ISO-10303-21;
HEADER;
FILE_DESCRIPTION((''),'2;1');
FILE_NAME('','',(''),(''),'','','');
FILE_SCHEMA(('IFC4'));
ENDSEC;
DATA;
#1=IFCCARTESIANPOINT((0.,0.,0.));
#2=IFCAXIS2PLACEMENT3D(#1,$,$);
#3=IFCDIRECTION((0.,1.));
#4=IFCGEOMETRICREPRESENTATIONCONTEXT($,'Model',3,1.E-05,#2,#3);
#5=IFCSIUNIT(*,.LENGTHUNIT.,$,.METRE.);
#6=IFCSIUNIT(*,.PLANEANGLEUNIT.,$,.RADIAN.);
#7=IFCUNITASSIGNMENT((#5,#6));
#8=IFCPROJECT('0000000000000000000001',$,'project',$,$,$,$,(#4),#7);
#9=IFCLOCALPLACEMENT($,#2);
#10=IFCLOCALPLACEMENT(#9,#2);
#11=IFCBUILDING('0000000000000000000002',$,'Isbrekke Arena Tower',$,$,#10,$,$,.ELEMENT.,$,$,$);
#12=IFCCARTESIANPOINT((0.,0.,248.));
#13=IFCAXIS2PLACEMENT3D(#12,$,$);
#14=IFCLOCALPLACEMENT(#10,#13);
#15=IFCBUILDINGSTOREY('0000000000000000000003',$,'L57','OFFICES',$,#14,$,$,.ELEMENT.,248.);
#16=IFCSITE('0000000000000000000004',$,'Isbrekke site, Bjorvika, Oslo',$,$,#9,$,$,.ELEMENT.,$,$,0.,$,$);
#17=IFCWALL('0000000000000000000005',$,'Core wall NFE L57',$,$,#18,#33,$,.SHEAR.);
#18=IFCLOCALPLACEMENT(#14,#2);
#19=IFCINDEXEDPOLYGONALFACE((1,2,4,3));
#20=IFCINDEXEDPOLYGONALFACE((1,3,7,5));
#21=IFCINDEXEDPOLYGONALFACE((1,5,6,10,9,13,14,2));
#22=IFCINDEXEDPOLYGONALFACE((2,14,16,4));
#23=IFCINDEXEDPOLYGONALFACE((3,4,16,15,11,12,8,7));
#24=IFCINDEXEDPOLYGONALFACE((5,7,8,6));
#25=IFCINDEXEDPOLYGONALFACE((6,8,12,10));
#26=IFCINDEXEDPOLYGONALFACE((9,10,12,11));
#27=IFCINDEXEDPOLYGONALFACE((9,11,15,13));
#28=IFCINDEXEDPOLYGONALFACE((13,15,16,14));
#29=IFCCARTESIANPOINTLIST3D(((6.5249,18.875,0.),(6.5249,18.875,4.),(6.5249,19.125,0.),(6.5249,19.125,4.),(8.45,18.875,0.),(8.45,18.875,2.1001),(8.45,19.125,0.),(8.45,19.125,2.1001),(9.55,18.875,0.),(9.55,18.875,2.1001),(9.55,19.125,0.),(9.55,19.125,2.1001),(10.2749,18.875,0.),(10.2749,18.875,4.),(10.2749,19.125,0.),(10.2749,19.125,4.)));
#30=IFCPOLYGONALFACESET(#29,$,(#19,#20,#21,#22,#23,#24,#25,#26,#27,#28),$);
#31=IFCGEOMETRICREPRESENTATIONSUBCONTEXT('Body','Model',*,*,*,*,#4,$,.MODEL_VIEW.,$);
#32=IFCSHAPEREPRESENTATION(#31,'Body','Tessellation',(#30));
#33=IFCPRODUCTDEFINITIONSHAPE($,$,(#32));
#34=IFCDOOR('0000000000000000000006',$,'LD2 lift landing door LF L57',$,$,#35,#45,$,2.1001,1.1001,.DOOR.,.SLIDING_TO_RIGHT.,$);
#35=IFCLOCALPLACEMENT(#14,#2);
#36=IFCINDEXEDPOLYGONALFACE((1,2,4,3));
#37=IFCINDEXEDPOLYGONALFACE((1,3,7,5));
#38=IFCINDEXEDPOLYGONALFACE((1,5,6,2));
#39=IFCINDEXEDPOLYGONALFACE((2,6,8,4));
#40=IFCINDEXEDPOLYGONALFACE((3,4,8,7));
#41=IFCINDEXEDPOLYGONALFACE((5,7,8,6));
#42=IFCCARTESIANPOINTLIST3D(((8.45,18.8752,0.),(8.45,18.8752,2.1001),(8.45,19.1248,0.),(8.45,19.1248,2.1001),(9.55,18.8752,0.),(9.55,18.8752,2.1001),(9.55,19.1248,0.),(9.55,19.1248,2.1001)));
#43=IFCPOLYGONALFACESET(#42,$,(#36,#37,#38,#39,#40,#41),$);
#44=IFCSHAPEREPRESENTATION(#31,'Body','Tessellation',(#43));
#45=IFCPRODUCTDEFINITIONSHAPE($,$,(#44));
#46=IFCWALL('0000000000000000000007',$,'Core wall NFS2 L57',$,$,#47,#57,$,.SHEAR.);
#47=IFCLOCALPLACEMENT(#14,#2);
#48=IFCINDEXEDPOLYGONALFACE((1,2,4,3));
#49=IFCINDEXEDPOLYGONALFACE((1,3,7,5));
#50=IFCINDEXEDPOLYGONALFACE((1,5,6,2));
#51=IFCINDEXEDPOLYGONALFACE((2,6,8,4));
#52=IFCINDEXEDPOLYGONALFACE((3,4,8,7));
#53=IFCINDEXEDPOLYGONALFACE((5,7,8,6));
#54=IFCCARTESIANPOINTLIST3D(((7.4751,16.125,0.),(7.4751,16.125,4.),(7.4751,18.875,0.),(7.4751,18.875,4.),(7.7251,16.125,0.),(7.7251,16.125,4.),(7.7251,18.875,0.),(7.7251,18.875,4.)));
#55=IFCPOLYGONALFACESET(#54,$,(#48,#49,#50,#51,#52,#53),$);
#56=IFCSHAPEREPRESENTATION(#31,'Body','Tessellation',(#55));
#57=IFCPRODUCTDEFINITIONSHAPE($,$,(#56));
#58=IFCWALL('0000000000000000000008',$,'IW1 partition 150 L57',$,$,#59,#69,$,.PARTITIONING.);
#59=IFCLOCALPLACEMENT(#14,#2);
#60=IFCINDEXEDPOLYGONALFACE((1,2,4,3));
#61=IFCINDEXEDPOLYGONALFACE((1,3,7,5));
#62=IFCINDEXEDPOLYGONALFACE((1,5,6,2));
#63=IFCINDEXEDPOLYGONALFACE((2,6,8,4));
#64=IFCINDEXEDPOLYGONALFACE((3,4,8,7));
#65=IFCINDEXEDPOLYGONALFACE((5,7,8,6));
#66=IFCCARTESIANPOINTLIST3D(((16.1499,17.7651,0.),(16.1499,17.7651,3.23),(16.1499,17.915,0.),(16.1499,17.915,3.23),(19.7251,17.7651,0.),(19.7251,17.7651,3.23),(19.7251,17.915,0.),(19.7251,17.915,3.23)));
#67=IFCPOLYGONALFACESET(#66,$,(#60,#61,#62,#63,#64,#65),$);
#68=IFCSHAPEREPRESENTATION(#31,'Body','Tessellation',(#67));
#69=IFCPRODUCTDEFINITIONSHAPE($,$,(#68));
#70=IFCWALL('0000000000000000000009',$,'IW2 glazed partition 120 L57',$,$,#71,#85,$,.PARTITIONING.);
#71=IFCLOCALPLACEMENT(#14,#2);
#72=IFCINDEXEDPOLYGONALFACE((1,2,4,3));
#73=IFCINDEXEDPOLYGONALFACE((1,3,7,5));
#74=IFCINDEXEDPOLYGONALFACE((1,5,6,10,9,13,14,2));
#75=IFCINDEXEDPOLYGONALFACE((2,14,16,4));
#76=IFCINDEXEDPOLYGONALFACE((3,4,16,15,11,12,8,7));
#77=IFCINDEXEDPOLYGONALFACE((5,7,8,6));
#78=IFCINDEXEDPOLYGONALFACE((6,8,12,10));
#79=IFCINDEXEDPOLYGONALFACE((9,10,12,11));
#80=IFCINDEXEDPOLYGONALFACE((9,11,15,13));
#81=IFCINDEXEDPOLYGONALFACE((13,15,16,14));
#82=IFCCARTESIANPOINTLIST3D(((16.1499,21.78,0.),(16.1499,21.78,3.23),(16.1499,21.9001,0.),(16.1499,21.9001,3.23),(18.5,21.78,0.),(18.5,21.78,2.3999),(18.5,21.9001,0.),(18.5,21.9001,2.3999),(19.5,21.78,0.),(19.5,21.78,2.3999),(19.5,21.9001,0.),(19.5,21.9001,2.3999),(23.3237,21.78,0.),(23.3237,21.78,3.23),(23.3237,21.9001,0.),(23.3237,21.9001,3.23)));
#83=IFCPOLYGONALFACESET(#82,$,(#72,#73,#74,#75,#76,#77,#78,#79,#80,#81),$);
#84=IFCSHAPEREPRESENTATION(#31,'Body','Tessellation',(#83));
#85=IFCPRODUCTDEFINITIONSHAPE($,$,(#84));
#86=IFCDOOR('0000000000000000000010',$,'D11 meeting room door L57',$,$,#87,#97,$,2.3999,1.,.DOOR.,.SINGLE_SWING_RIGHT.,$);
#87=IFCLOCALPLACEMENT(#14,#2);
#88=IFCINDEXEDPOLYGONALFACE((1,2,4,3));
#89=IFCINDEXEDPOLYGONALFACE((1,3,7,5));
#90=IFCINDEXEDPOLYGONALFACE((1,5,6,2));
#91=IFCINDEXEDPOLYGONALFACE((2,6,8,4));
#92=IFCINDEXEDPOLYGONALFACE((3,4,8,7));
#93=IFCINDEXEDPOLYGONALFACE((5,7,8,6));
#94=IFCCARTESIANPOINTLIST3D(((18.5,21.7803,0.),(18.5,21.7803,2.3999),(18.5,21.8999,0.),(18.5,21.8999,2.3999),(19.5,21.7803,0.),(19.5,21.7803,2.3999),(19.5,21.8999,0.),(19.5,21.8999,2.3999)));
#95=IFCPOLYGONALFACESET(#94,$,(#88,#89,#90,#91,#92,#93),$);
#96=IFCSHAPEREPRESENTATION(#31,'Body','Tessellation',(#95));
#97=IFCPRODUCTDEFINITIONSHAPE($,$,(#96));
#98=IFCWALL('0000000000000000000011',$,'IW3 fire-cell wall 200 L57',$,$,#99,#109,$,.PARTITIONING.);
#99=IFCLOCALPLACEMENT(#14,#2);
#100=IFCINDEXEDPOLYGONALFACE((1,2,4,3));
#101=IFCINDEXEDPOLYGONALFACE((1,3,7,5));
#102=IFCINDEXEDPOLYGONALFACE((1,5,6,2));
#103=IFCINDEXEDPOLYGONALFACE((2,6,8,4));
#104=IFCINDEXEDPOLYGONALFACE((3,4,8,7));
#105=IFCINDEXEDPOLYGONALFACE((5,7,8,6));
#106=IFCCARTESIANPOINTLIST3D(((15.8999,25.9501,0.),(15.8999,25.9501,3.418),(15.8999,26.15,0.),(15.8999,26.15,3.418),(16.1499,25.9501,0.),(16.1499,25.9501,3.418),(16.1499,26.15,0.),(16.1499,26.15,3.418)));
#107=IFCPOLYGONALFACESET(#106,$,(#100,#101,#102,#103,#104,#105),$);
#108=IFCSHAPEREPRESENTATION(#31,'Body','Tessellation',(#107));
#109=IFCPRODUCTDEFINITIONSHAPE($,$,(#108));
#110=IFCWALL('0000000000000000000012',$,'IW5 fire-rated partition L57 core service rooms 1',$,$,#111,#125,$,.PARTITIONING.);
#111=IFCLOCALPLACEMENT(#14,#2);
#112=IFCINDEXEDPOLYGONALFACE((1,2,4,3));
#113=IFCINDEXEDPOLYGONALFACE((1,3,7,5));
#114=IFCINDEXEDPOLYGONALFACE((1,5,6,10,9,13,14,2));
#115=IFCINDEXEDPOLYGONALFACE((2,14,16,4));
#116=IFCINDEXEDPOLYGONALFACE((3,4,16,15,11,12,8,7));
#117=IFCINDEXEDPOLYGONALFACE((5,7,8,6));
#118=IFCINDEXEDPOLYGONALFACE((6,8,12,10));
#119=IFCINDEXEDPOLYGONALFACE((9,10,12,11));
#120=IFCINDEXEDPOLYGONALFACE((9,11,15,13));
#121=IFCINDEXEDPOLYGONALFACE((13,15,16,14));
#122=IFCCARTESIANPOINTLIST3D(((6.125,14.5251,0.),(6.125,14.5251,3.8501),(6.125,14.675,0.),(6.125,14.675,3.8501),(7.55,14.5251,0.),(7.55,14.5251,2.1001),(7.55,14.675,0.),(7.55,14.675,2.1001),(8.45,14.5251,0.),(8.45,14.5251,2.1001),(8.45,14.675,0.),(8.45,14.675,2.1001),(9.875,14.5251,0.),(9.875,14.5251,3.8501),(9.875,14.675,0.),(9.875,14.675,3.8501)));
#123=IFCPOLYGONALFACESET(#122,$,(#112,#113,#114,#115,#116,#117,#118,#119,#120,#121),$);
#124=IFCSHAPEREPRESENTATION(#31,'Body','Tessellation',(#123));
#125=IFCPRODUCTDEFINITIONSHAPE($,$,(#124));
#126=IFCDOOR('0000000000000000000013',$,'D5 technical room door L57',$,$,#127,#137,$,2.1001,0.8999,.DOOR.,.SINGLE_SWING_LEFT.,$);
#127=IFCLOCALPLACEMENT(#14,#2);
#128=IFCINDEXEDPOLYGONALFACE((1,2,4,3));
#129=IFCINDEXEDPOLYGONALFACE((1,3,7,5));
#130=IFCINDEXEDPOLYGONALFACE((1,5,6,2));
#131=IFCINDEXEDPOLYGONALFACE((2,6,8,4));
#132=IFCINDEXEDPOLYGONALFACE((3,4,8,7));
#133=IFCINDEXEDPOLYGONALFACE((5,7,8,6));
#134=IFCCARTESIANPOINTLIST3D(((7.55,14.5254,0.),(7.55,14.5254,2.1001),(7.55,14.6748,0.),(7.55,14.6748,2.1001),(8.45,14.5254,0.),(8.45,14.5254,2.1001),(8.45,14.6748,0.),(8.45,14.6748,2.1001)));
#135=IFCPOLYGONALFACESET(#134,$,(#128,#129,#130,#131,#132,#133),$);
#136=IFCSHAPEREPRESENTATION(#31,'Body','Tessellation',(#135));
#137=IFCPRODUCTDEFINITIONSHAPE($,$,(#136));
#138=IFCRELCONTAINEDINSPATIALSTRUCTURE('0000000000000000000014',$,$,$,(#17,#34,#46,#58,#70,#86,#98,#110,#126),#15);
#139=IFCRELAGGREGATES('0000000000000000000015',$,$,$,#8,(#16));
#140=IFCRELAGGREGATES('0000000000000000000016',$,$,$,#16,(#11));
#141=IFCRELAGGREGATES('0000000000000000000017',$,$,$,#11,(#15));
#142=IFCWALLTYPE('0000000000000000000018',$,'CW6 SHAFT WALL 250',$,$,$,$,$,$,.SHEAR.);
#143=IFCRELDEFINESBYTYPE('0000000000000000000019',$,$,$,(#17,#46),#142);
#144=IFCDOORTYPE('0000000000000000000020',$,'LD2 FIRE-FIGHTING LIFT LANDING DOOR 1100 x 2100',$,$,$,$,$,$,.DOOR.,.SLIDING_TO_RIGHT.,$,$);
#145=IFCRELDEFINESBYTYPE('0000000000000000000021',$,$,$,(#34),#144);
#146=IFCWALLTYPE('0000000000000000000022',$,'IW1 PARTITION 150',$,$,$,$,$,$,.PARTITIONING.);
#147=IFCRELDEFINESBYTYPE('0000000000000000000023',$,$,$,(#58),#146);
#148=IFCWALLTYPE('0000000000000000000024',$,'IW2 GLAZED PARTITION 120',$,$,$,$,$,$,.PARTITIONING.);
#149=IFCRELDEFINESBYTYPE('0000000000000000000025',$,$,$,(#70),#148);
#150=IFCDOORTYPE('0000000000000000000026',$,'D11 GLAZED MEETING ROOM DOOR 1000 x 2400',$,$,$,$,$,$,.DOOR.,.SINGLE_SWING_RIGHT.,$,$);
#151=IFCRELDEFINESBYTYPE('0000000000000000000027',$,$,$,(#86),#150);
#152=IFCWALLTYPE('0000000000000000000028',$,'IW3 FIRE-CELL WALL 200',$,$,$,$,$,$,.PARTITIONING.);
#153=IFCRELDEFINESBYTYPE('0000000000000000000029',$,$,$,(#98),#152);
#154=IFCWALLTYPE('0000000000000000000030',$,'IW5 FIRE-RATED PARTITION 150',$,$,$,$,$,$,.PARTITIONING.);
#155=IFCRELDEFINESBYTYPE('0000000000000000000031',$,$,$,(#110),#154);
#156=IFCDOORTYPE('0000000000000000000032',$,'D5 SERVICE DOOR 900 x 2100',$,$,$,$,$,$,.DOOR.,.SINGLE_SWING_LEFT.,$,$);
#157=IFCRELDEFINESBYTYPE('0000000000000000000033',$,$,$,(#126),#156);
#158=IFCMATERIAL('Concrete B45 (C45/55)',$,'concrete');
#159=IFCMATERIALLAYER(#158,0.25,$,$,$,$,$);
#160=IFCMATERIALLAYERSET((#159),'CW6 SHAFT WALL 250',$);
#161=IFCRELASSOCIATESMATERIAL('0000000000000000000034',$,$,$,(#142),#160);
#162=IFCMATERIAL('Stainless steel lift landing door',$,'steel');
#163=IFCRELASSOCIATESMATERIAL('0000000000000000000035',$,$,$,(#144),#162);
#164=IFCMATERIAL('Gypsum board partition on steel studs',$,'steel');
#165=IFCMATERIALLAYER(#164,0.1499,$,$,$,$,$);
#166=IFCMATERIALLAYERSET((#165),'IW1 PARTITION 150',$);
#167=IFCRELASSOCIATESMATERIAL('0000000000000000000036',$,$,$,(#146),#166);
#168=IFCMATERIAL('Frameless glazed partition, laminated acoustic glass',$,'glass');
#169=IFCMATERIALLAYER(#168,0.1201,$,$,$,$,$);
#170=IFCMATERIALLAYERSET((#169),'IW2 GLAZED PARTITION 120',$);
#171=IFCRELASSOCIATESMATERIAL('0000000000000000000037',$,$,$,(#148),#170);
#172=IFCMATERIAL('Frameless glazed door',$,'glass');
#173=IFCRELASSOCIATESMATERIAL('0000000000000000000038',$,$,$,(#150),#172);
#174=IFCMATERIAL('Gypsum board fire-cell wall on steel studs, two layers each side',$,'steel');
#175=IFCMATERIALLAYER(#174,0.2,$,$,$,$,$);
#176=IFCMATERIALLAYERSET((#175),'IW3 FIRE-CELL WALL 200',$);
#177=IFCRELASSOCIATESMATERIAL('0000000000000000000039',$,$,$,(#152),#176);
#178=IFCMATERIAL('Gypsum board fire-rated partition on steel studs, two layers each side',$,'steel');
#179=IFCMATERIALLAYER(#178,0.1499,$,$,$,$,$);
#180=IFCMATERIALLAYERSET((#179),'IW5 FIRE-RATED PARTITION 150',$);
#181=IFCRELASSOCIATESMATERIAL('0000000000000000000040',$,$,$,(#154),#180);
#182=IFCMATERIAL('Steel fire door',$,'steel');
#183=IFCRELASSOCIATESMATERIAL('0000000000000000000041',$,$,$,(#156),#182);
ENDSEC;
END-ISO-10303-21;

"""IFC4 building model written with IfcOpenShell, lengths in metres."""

from ifc_helpers import new_model, si_unit, direction, frame, frame_2d, origin, place, context, subcontext, project, spatial, rectangle, extrude, material, layer, layer_set, type_object, element, fill, save


model = new_model("IFC4")

# Units and contexts
model_context = context("Model", 3, precision=1e-05, world=origin(), true_north=direction((0.0, 1.0)))
body_context = subcontext(model_context, "Body", "Model", "MODEL_VIEW")
ifc_project = project(units=[si_unit("LENGTHUNIT", "METRE"), si_unit("PLANEANGLEUNIT", "RADIAN")], contexts=[model_context])

# Site, building, storey
site_placement = place(None, origin())
site = spatial("IfcSite", under=ifc_project, at=site_placement, Name="Isbrekke site, Bjorvika, Oslo", CompositionType="ELEMENT", RefElevation=0.0)
building_placement = place(site_placement, origin())
building = spatial("IfcBuilding", under=site, at=building_placement, Name="Isbrekke Arena Tower", CompositionType="ELEMENT")
storey_placement = place(building_placement, frame((0.0, 0.0, 248.0)))
storey = spatial("IfcBuildingStorey", under=building, at=storey_placement, Name="L57", Description="OFFICES", CompositionType="ELEMENT", Elevation=248.0)

# Shared definitions
ifc_material_1 = material(Name="Concrete B45 (C45/55)", Category="concrete")
ifc_layer_1 = layer(ifc_material_1, 0.25)
ifc_layer_set_1 = layer_set([ifc_layer_1], Name="CW6 SHAFT WALL 250")
wall_type_1 = type_object("IfcWallType", Name="CW6 SHAFT WALL 250", PredefinedType="SHEAR", material=ifc_layer_set_1)

# Wall, opening, door
wall_1_placement = place(storey_placement, frame((6.5249, 19.0, 0.0), z_axis=(0.0, 0.0, 1.0), x_axis=(1.0, 0.0, 0.0)))
wall_1 = element("IfcWall", 1, at=wall_1_placement, inside=storey, type_object=wall_type_1, Name="Core wall NFE L57", PredefinedType="SHEAR", context=body_context, shape_type="SweptSolid", body=[
    extrude(rectangle(XDim=3.75, YDim=0.25, at=frame_2d((1.875, 0.0))), origin(), (0.0, 0.0, 1.0), 4.0),
])
opening_1_placement = place(wall_1_placement, frame((1.925, 0.0, 0.0)))
opening_1 = element("IfcOpeningElement", 2, at=opening_1_placement, cuts=wall_1, PredefinedType="OPENING", context=body_context, shape_type="SweptSolid", body=[
    extrude(rectangle(XDim=1.1001, YDim=2.1001, at=frame_2d((0.55, 1.05))), frame((0.0, 0.1399, 0.0), z_axis=(0.0, -1.0, 0.0), x_axis=(1.0, 0.0, 0.0)), (0.0, 0.0, 1.0), 0.2798),
])
ifc_material_2 = material(Name="Stainless steel lift landing door", Category="steel")
door_type_1 = type_object("IfcDoorType", Name="LD2 FIRE-FIGHTING LIFT LANDING DOOR 1100 x 2100", OperationType="SLIDING_TO_RIGHT", PredefinedType="DOOR", material=ifc_material_2)
door_1_placement = place(opening_1_placement, origin())
door_1 = element("IfcDoor", 3, at=door_1_placement, inside=storey, type_object=door_type_1, Name="LD2 lift landing door LF L57", OperationType="SLIDING_TO_RIGHT", OverallHeight=2.1001, OverallWidth=1.1001, PredefinedType="DOOR", context=body_context, shape_type="SweptSolid", body=[
    extrude(rectangle(XDim=1.1001, YDim=2.1001, at=frame_2d((0.55, 1.05))), frame((0.0, 0.1248, 0.0), z_axis=(0.0, -1.0, 0.0), x_axis=(1.0, 0.0, 0.0)), (0.0, 0.0, 1.0), 0.2495),
])
fill(opening_1, door_1)

# Walls
wall_2_placement = place(storey_placement, frame((7.6001, 16.125, 0.0), z_axis=(0.0, 0.0, 1.0), x_axis=(0.0, 1.0, 0.0)))
element("IfcWall", 4, at=wall_2_placement, inside=storey, type_object=wall_type_1, Name="Core wall NFS2 L57", PredefinedType="SHEAR", context=body_context, shape_type="SweptSolid", body=[
    extrude(rectangle(XDim=2.75, YDim=0.25, at=frame_2d((1.375, 0.0))), origin(), (0.0, 0.0, 1.0), 4.0),
])
ifc_material_3 = material(Name="Gypsum board partition on steel studs", Category="steel")
ifc_layer_2 = layer(ifc_material_3, 0.1499)
ifc_layer_set_2 = layer_set([ifc_layer_2], Name="IW1 PARTITION 150")
wall_type_2 = type_object("IfcWallType", Name="IW1 PARTITION 150", PredefinedType="PARTITIONING", material=ifc_layer_set_2)
wall_3_placement = place(storey_placement, frame((16.1499, 17.8401, 0.0), z_axis=(0.0, 0.0, 1.0), x_axis=(1.0, 0.0, 0.0)))
element("IfcWall", 5, at=wall_3_placement, inside=storey, type_object=wall_type_2, Name="IW1 partition 150 L57", PredefinedType="PARTITIONING", context=body_context, shape_type="SweptSolid", body=[
    extrude(rectangle(XDim=3.5752, YDim=0.1499, at=frame_2d((1.7876, 0.0))), origin(), (0.0, 0.0, 1.0), 3.23),
])

# Wall, opening, door
ifc_material_4 = material(Name="Frameless glazed partition, laminated acoustic glass", Category="glass")
ifc_layer_3 = layer(ifc_material_4, 0.1201)
ifc_layer_set_3 = layer_set([ifc_layer_3], Name="IW2 GLAZED PARTITION 120")
wall_type_3 = type_object("IfcWallType", Name="IW2 GLAZED PARTITION 120", PredefinedType="PARTITIONING", material=ifc_layer_set_3)
wall_4_placement = place(storey_placement, frame((16.1499, 21.8401, 0.0), z_axis=(0.0, 0.0, 1.0), x_axis=(1.0, 0.0, 0.0)))
wall_4 = element("IfcWall", 6, at=wall_4_placement, inside=storey, type_object=wall_type_3, Name="IW2 glazed partition 120 L57", PredefinedType="PARTITIONING", context=body_context, shape_type="SweptSolid", body=[
    extrude(rectangle(XDim=7.1738, YDim=0.1201, at=frame_2d((3.5869, 0.0))), origin(), (0.0, 0.0, 1.0), 3.23),
])
opening_2_placement = place(wall_4_placement, frame((2.3501, 0.0, 0.0)))
opening_2 = element("IfcOpeningElement", 7, at=opening_2_placement, cuts=wall_4, PredefinedType="OPENING", context=body_context, shape_type="SweptSolid", body=[
    extrude(rectangle(XDim=1.0, YDim=2.3999, at=frame_2d((0.5, 1.2))), frame((0.0, 0.075, 0.0), z_axis=(0.0, -1.0, 0.0), x_axis=(1.0, 0.0, 0.0)), (0.0, 0.0, 1.0), 0.1499),
])
ifc_material_5 = material(Name="Frameless glazed door", Category="glass")
door_type_2 = type_object("IfcDoorType", Name="D11 GLAZED MEETING ROOM DOOR 1000 x 2400", OperationType="SINGLE_SWING_RIGHT", PredefinedType="DOOR", material=ifc_material_5)
door_2_placement = place(opening_2_placement, origin())
door_2 = element("IfcDoor", 8, at=door_2_placement, inside=storey, type_object=door_type_2, Name="D11 meeting room door L57", OperationType="SINGLE_SWING_RIGHT", OverallHeight=2.3999, OverallWidth=1.0, PredefinedType="DOOR", context=body_context, shape_type="SweptSolid", body=[
    extrude(rectangle(XDim=1.0, YDim=2.3999, at=frame_2d((0.5, 1.2))), frame((0.0, 0.0598, 0.0), z_axis=(0.0, -1.0, 0.0), x_axis=(1.0, 0.0, 0.0)), (0.0, 0.0, 1.0), 0.1196),
])
fill(opening_2, door_2)

# Wall
ifc_material_6 = material(Name="Gypsum board fire-cell wall on steel studs, two layers each side", Category="steel")
ifc_layer_4 = layer(ifc_material_6, 0.2)
ifc_layer_set_4 = layer_set([ifc_layer_4], Name="IW3 FIRE-CELL WALL 200")
wall_type_4 = type_object("IfcWallType", Name="IW3 FIRE-CELL WALL 200", PredefinedType="PARTITIONING", material=ifc_layer_set_4)
wall_5_placement = place(storey_placement, frame((15.8999, 26.05, 0.0), z_axis=(0.0, 0.0, 1.0), x_axis=(1.0, 0.0, 0.0)))
element("IfcWall", 9, at=wall_5_placement, inside=storey, type_object=wall_type_4, Name="IW3 fire-cell wall 200 L57", PredefinedType="PARTITIONING", context=body_context, shape_type="SweptSolid", body=[
    extrude(rectangle(XDim=0.25, YDim=0.2, at=frame_2d((0.125, 0.0))), origin(), (0.0, 0.0, 1.0), 3.418),
])

# Wall, opening, door
ifc_material_7 = material(Name="Gypsum board fire-rated partition on steel studs, two layers each side", Category="steel")
ifc_layer_5 = layer(ifc_material_7, 0.1499)
ifc_layer_set_5 = layer_set([ifc_layer_5], Name="IW5 FIRE-RATED PARTITION 150")
wall_type_5 = type_object("IfcWallType", Name="IW5 FIRE-RATED PARTITION 150", PredefinedType="PARTITIONING", material=ifc_layer_set_5)
wall_6_placement = place(storey_placement, frame((6.125, 14.6001, 0.0), z_axis=(0.0, 0.0, 1.0), x_axis=(1.0, 0.0, 0.0)))
wall_6 = element("IfcWall", 10, at=wall_6_placement, inside=storey, type_object=wall_type_5, Name="IW5 fire-rated partition L57 core service rooms 1", PredefinedType="PARTITIONING", context=body_context, shape_type="SweptSolid", body=[
    extrude(rectangle(XDim=3.75, YDim=0.1499, at=frame_2d((1.875, 0.0))), origin(), (0.0, 0.0, 1.0), 3.8501),
])
opening_3_placement = place(wall_6_placement, frame((1.425, 0.0, 0.0)))
opening_3 = element("IfcOpeningElement", 11, at=opening_3_placement, cuts=wall_6, PredefinedType="OPENING", context=body_context, shape_type="SweptSolid", body=[
    extrude(rectangle(XDim=0.8999, YDim=2.1001, at=frame_2d((0.45, 1.05))), frame((0.0, 0.0898, 0.0), z_axis=(0.0, -1.0, 0.0), x_axis=(1.0, 0.0, 0.0)), (0.0, 0.0, 1.0), 0.1797),
])
ifc_material_8 = material(Name="Steel fire door", Category="steel")
door_type_3 = type_object("IfcDoorType", Name="D5 SERVICE DOOR 900 x 2100", OperationType="SINGLE_SWING_LEFT", PredefinedType="DOOR", material=ifc_material_8)
door_3_placement = place(opening_3_placement, origin())
door_3 = element("IfcDoor", 12, at=door_3_placement, inside=storey, type_object=door_type_3, Name="D5 technical room door L57", OperationType="SINGLE_SWING_LEFT", OverallHeight=2.1001, OverallWidth=0.8999, PredefinedType="DOOR", context=body_context, shape_type="SweptSolid", body=[
    extrude(rectangle(XDim=0.8999, YDim=2.1001, at=frame_2d((0.45, 1.05))), frame((0.0, 0.0747, 0.0), z_axis=(0.0, -1.0, 0.0), x_axis=(1.0, 0.0, 0.0)), (0.0, 0.0, 1.0), 0.1494),
])
fill(opening_3, door_3)

save(model, "model.ifc")
